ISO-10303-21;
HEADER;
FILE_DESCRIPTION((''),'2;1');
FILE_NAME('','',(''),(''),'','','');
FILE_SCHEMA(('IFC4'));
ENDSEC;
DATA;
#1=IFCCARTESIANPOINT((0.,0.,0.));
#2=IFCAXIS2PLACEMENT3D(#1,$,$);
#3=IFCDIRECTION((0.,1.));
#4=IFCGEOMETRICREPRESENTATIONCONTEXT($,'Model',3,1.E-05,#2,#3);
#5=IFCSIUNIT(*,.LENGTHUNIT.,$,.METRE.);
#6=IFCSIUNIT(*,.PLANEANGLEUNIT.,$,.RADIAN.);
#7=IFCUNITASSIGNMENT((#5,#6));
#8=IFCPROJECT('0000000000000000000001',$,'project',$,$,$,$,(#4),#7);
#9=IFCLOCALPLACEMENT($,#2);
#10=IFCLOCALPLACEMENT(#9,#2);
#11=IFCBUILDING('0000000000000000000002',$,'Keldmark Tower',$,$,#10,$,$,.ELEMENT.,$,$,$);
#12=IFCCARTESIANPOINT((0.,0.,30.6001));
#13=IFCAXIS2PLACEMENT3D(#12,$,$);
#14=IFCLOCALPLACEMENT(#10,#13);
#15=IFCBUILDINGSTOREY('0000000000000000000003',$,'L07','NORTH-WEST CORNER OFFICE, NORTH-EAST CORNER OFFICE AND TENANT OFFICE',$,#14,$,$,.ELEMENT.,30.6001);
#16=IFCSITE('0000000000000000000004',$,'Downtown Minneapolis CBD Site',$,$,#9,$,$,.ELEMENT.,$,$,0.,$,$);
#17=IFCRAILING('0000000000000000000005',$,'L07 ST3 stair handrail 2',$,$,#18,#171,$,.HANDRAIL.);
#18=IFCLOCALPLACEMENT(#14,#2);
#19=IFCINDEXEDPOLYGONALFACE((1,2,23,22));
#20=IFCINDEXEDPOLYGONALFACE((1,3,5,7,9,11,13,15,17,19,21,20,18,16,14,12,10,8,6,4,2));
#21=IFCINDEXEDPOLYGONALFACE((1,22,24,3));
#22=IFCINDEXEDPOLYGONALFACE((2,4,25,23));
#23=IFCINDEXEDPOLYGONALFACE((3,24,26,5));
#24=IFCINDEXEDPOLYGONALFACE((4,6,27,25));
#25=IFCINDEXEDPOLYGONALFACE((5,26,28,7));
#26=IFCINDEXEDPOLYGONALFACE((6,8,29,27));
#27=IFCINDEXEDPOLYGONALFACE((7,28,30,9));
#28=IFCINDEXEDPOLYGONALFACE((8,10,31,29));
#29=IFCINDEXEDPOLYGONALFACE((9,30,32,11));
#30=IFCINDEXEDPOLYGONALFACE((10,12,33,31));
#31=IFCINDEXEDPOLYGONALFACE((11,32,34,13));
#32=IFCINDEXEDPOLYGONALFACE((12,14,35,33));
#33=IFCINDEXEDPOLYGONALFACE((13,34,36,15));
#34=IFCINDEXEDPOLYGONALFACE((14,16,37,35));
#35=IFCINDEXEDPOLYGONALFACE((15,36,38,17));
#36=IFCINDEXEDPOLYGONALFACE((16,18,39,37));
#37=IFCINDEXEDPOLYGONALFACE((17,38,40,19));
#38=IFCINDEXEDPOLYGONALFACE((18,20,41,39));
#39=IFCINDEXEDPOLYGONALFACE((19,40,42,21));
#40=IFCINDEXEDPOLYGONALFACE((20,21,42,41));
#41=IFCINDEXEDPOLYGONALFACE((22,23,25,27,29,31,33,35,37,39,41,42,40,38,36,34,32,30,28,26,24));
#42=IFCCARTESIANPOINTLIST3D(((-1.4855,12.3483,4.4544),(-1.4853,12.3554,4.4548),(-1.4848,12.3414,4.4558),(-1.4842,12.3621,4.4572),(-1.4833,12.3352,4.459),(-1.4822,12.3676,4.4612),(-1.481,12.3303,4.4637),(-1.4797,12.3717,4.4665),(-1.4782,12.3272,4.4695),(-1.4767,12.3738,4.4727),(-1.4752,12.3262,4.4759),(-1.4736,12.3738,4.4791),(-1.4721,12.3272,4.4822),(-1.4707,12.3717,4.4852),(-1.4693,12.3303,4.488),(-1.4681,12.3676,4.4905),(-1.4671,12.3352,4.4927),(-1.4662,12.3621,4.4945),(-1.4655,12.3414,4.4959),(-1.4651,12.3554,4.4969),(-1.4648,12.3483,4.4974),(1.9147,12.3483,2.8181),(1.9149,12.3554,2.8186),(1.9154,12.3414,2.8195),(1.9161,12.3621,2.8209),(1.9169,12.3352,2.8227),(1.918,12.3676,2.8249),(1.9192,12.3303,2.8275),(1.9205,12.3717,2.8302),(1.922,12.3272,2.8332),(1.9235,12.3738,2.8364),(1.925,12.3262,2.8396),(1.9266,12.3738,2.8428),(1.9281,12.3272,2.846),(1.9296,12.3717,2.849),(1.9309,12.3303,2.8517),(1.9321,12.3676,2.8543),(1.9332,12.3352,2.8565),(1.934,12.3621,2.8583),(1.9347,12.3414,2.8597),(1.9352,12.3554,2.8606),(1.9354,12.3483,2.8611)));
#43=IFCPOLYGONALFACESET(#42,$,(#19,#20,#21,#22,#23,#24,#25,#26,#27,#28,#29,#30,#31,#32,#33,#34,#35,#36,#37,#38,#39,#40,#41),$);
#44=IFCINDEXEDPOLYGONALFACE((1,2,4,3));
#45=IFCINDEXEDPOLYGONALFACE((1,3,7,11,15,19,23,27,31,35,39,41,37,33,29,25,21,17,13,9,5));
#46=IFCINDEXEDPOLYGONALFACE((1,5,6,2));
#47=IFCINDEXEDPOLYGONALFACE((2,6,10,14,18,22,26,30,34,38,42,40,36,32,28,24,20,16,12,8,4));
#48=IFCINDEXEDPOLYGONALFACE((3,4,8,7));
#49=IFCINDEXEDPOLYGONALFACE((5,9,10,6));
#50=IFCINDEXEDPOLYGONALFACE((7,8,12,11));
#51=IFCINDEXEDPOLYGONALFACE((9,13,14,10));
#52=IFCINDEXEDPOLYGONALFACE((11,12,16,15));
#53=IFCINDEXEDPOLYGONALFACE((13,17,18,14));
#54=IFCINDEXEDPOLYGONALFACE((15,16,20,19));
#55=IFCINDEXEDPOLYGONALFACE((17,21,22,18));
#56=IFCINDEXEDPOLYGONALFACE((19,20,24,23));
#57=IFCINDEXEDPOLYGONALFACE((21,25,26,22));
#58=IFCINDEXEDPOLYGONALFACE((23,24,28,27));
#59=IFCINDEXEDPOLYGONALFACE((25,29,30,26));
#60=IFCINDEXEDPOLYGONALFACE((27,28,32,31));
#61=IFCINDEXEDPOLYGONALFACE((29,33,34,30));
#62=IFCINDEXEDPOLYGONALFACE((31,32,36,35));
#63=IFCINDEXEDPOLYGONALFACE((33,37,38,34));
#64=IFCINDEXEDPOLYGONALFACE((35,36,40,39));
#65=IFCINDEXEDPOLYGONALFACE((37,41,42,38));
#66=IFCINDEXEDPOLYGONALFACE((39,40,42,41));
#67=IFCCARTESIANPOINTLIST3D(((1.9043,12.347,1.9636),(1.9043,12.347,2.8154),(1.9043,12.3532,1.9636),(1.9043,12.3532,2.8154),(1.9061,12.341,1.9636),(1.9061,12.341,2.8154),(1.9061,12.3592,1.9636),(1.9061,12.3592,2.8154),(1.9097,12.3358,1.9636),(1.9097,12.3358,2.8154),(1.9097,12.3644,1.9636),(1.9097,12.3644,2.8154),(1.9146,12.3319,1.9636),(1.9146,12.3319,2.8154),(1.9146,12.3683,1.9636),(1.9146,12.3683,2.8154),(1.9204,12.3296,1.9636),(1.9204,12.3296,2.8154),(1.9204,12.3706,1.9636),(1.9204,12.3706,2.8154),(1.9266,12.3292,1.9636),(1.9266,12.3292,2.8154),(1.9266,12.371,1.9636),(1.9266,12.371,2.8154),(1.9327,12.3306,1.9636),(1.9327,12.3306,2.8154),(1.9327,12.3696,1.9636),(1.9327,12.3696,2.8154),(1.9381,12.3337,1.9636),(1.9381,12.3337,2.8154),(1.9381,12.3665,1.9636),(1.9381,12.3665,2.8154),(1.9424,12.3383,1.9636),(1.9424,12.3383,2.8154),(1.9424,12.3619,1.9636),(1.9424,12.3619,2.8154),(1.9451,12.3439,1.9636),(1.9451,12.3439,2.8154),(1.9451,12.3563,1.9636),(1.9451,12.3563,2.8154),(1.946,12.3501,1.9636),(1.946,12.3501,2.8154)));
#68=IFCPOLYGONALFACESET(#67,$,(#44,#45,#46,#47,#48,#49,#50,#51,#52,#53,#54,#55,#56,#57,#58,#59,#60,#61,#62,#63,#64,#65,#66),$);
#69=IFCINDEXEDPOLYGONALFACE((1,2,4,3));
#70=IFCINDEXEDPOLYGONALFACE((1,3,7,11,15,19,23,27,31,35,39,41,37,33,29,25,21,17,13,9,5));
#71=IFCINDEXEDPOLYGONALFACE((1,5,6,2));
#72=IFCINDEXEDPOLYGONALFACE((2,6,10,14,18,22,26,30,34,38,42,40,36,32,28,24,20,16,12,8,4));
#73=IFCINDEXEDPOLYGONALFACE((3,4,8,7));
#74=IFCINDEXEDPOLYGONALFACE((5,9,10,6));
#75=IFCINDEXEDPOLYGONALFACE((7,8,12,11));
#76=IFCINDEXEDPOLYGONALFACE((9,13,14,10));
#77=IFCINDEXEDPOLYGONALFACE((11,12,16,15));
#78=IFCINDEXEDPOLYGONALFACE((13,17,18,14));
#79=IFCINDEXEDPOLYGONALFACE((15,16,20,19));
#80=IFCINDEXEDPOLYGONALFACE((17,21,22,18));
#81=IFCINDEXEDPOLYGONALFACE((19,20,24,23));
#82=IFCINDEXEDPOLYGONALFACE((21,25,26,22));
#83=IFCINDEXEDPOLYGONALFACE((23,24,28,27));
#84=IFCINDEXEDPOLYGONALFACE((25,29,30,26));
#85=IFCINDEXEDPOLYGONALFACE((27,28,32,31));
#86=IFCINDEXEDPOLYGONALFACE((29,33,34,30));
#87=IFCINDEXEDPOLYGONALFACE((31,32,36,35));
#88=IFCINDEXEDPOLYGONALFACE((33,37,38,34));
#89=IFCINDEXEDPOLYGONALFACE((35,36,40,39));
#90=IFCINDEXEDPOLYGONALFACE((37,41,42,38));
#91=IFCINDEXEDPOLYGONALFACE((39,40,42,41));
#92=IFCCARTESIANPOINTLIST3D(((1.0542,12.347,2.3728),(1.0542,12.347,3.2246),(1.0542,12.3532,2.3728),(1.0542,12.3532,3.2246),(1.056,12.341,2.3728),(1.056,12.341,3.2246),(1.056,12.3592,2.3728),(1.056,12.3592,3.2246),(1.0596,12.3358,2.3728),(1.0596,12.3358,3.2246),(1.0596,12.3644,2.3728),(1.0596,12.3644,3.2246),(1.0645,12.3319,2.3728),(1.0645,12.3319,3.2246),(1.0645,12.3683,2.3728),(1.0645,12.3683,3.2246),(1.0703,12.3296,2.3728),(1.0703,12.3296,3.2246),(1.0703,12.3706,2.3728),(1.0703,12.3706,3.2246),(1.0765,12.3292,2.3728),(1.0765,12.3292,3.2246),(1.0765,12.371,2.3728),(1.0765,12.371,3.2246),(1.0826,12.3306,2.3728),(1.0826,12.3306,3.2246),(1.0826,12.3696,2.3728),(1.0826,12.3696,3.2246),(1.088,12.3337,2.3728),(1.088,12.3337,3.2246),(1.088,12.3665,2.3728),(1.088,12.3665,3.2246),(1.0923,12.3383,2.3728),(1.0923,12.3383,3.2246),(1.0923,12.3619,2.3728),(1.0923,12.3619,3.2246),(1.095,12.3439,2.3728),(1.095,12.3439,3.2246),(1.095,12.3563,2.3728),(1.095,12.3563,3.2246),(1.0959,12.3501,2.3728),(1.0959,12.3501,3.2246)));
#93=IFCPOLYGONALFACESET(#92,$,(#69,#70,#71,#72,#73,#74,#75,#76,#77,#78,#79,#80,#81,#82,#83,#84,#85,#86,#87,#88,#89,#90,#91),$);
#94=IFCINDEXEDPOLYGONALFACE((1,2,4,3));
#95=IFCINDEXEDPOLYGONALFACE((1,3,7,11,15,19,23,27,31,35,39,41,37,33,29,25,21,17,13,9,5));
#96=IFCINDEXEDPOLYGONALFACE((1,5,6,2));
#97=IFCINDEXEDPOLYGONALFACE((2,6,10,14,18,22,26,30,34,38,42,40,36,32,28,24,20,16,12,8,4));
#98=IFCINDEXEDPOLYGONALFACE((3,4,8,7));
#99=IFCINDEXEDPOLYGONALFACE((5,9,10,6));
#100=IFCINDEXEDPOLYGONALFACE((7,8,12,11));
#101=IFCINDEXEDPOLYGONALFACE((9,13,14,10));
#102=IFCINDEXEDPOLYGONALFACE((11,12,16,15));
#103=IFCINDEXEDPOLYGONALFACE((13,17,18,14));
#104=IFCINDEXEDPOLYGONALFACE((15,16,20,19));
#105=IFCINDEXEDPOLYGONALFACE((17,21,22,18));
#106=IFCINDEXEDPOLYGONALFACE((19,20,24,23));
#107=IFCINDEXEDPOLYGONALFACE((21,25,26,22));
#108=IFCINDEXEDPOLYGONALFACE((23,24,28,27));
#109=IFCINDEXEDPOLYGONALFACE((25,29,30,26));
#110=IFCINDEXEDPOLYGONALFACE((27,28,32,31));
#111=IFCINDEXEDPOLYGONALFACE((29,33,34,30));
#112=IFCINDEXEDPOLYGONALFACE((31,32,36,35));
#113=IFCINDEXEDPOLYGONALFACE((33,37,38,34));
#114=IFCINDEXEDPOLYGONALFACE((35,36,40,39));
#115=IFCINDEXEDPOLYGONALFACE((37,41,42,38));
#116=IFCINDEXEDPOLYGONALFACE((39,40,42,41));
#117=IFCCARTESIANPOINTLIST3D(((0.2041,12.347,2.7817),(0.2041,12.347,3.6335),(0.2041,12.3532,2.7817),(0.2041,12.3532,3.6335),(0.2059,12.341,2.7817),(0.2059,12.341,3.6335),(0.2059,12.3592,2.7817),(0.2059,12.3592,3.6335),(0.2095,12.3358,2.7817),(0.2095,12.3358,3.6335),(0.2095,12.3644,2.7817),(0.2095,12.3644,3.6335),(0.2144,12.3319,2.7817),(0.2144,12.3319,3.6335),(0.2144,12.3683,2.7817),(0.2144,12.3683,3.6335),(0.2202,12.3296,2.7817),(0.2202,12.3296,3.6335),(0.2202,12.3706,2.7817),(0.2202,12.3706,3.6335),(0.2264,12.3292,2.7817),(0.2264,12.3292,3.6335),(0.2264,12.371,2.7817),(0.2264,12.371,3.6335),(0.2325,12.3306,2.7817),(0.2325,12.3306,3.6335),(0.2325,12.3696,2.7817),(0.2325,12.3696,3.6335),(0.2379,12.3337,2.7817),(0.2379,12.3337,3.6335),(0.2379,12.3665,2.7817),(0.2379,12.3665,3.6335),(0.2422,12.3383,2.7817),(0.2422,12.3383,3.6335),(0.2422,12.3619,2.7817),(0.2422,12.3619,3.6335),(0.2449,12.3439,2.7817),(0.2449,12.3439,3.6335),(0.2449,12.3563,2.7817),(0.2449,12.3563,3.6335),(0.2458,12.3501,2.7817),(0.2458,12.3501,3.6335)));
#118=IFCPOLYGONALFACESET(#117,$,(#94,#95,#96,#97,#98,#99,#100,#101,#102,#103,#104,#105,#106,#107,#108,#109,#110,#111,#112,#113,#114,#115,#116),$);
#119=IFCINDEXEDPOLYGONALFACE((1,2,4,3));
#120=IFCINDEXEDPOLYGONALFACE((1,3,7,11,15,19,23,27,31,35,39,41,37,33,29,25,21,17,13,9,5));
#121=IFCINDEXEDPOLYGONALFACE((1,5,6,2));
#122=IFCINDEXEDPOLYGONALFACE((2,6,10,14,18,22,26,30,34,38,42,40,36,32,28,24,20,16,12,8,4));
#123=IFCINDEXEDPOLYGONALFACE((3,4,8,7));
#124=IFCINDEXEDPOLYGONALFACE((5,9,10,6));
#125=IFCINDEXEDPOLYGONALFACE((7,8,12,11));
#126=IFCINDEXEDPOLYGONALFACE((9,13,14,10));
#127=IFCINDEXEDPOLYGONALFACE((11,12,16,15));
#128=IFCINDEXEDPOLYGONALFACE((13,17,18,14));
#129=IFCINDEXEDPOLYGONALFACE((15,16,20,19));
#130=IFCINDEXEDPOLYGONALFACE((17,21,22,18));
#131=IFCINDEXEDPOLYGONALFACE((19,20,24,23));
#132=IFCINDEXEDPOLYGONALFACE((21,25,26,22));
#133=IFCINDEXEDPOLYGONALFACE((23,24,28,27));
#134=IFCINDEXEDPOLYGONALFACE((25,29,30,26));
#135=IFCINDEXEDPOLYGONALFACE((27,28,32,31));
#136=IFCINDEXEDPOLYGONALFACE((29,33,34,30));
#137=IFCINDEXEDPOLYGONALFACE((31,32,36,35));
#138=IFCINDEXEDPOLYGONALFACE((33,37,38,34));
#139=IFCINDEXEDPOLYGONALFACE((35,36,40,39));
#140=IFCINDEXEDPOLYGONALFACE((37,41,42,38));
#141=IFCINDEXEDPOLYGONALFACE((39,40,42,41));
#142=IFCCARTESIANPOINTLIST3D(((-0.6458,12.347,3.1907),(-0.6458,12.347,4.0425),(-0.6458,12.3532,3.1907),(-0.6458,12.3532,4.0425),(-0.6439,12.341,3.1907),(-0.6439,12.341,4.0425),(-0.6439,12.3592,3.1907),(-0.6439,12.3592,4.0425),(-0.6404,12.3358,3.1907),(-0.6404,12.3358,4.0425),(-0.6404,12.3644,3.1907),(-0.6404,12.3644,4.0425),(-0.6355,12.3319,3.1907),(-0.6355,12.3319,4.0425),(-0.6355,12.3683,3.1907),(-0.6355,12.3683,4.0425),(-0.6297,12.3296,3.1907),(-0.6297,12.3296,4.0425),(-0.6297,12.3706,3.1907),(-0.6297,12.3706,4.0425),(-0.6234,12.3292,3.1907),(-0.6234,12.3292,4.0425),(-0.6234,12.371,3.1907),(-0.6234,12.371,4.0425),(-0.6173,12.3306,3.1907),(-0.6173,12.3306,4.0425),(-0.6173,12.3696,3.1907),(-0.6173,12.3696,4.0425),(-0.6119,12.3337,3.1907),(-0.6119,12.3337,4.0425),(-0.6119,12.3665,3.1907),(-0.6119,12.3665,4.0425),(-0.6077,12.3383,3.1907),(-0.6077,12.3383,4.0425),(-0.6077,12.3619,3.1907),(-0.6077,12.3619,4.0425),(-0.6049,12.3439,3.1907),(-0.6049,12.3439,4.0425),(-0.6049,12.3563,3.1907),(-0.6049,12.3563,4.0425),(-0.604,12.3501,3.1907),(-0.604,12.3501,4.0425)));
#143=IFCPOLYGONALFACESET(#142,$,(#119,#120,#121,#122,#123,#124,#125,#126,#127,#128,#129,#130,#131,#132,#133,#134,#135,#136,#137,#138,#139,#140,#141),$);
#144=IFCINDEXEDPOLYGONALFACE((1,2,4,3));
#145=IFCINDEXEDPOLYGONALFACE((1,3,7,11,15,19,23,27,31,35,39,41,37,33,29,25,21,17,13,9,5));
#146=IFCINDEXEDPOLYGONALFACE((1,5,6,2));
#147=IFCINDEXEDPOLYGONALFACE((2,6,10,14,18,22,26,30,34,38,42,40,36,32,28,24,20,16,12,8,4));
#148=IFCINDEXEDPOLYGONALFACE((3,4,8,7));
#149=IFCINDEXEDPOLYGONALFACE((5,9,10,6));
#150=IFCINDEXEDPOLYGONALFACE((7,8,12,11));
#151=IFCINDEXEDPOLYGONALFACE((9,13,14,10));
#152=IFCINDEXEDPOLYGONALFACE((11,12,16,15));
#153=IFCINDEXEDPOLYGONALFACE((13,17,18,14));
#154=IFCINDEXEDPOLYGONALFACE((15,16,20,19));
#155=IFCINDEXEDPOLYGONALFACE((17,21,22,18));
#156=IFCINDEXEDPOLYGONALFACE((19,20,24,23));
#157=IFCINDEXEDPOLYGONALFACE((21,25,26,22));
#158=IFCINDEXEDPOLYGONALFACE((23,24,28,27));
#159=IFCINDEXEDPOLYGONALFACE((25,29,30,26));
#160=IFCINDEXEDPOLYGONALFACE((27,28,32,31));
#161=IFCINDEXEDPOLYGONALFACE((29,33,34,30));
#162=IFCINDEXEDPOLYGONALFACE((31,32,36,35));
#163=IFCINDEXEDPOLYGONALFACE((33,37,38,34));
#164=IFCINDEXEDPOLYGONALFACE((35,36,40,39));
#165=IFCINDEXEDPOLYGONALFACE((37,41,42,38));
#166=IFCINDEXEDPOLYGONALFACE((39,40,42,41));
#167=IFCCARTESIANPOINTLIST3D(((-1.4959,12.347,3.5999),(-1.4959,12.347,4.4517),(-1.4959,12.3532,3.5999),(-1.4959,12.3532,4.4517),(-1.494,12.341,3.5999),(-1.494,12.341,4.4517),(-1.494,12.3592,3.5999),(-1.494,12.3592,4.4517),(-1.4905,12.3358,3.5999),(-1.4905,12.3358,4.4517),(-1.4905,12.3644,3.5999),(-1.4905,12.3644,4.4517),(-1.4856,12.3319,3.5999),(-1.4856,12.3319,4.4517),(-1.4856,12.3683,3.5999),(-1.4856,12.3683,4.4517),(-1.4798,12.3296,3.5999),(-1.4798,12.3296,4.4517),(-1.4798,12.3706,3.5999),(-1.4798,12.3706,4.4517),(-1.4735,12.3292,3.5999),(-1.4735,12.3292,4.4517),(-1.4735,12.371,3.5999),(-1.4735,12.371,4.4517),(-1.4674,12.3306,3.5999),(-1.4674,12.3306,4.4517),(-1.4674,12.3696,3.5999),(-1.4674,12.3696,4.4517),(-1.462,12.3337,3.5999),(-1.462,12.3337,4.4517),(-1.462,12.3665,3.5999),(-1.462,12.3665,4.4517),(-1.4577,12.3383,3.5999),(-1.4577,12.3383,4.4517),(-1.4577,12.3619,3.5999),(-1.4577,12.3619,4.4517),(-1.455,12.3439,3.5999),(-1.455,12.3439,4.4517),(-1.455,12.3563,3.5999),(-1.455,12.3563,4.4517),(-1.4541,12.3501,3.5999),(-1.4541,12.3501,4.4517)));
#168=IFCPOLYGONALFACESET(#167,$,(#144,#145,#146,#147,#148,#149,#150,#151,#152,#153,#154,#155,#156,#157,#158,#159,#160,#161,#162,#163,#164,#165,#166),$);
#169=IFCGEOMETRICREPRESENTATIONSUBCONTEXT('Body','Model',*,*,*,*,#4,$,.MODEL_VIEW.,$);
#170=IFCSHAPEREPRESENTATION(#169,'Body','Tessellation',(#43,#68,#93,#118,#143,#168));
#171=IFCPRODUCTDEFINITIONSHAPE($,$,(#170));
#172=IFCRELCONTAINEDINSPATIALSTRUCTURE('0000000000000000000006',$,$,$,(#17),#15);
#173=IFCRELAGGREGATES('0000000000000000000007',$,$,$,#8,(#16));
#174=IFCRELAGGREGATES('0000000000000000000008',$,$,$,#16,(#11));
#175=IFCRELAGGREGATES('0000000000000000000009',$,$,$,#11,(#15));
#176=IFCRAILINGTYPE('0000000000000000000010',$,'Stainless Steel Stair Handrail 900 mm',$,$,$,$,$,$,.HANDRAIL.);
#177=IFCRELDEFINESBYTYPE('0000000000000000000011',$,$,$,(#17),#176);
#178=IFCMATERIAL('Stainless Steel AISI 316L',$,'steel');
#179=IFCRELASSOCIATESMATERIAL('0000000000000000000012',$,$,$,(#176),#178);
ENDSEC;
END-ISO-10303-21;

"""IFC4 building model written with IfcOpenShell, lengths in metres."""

from ifc_helpers import new_model, si_unit, direction, frame, origin, origin_2d, place, context, subcontext, project, spatial, circle, extrude, material, type_object, element, save


model = new_model("IFC4")

# Units and contexts
model_context = context("Model", 3, precision=1e-05, world=origin(), true_north=direction((0.0, 1.0)))
body_context = subcontext(model_context, "Body", "Model", "MODEL_VIEW")
ifc_project = project(units=[si_unit("LENGTHUNIT", "METRE"), si_unit("PLANEANGLEUNIT", "RADIAN")], contexts=[model_context])

# Site, building, storey
site_placement = place(None, origin())
site = spatial("IfcSite", under=ifc_project, at=site_placement, Name="Downtown Minneapolis CBD Site", CompositionType="ELEMENT", RefElevation=0.0)
building_placement = place(site_placement, origin())
building = spatial("IfcBuilding", under=site, at=building_placement, Name="Keldmark Tower", CompositionType="ELEMENT")
storey_placement = place(building_placement, frame((0.0, 0.0, 30.6001)))
storey = spatial("IfcBuildingStorey", under=building, at=storey_placement, Name="L07", Description="NORTH-WEST CORNER OFFICE, NORTH-EAST CORNER OFFICE AND TENANT OFFICE", CompositionType="ELEMENT", Elevation=30.6001)

# Railing
ifc_material_1 = material(Name="Stainless Steel AISI 316L", Category="steel")
railing_type_1 = type_object("IfcRailingType", Name="Stainless Steel Stair Handrail 900 mm", PredefinedType="HANDRAIL", material=ifc_material_1)
railing_1_placement = place(storey_placement, frame((1.925, 12.3501, 1.9636)))
element("IfcRailing", 1, at=railing_1_placement, inside=storey, type_object=railing_type_1, Name="L07 ST3 stair handrail 2", PredefinedType="HANDRAIL", context=body_context, shape_type="SweptSolid", body=[
    extrude(circle(Radius=0.0239, at=origin_2d()), frame((0.0, 0.0, 0.876), z_axis=(-0.901093, 0.0, 0.433627), x_axis=(0.0, -1.0, 0.0)), (0.0, 0.0, 1.0), 3.7734),
    extrude(circle(Radius=0.021, at=origin_2d()), origin(), (0.0, 0.0, 1.0), 0.8518),
    extrude(circle(Radius=0.021, at=origin_2d()), frame((-0.8501, 0.0, 0.4092)), (0.0, 0.0, 1.0), 0.8518),
    extrude(circle(Radius=0.021, at=origin_2d()), frame((-1.7002, 0.0, 0.8181)), (0.0, 0.0, 1.0), 0.8518),
    extrude(circle(Radius=0.021, at=origin_2d()), frame((-2.55, 0.0, 1.2271)), (0.0, 0.0, 1.0), 0.8518),
    extrude(circle(Radius=0.021, at=origin_2d()), frame((-3.4001, 0.0, 1.6362)), (0.0, 0.0, 1.0), 0.8518),
])

save(model, "model.ifc")
